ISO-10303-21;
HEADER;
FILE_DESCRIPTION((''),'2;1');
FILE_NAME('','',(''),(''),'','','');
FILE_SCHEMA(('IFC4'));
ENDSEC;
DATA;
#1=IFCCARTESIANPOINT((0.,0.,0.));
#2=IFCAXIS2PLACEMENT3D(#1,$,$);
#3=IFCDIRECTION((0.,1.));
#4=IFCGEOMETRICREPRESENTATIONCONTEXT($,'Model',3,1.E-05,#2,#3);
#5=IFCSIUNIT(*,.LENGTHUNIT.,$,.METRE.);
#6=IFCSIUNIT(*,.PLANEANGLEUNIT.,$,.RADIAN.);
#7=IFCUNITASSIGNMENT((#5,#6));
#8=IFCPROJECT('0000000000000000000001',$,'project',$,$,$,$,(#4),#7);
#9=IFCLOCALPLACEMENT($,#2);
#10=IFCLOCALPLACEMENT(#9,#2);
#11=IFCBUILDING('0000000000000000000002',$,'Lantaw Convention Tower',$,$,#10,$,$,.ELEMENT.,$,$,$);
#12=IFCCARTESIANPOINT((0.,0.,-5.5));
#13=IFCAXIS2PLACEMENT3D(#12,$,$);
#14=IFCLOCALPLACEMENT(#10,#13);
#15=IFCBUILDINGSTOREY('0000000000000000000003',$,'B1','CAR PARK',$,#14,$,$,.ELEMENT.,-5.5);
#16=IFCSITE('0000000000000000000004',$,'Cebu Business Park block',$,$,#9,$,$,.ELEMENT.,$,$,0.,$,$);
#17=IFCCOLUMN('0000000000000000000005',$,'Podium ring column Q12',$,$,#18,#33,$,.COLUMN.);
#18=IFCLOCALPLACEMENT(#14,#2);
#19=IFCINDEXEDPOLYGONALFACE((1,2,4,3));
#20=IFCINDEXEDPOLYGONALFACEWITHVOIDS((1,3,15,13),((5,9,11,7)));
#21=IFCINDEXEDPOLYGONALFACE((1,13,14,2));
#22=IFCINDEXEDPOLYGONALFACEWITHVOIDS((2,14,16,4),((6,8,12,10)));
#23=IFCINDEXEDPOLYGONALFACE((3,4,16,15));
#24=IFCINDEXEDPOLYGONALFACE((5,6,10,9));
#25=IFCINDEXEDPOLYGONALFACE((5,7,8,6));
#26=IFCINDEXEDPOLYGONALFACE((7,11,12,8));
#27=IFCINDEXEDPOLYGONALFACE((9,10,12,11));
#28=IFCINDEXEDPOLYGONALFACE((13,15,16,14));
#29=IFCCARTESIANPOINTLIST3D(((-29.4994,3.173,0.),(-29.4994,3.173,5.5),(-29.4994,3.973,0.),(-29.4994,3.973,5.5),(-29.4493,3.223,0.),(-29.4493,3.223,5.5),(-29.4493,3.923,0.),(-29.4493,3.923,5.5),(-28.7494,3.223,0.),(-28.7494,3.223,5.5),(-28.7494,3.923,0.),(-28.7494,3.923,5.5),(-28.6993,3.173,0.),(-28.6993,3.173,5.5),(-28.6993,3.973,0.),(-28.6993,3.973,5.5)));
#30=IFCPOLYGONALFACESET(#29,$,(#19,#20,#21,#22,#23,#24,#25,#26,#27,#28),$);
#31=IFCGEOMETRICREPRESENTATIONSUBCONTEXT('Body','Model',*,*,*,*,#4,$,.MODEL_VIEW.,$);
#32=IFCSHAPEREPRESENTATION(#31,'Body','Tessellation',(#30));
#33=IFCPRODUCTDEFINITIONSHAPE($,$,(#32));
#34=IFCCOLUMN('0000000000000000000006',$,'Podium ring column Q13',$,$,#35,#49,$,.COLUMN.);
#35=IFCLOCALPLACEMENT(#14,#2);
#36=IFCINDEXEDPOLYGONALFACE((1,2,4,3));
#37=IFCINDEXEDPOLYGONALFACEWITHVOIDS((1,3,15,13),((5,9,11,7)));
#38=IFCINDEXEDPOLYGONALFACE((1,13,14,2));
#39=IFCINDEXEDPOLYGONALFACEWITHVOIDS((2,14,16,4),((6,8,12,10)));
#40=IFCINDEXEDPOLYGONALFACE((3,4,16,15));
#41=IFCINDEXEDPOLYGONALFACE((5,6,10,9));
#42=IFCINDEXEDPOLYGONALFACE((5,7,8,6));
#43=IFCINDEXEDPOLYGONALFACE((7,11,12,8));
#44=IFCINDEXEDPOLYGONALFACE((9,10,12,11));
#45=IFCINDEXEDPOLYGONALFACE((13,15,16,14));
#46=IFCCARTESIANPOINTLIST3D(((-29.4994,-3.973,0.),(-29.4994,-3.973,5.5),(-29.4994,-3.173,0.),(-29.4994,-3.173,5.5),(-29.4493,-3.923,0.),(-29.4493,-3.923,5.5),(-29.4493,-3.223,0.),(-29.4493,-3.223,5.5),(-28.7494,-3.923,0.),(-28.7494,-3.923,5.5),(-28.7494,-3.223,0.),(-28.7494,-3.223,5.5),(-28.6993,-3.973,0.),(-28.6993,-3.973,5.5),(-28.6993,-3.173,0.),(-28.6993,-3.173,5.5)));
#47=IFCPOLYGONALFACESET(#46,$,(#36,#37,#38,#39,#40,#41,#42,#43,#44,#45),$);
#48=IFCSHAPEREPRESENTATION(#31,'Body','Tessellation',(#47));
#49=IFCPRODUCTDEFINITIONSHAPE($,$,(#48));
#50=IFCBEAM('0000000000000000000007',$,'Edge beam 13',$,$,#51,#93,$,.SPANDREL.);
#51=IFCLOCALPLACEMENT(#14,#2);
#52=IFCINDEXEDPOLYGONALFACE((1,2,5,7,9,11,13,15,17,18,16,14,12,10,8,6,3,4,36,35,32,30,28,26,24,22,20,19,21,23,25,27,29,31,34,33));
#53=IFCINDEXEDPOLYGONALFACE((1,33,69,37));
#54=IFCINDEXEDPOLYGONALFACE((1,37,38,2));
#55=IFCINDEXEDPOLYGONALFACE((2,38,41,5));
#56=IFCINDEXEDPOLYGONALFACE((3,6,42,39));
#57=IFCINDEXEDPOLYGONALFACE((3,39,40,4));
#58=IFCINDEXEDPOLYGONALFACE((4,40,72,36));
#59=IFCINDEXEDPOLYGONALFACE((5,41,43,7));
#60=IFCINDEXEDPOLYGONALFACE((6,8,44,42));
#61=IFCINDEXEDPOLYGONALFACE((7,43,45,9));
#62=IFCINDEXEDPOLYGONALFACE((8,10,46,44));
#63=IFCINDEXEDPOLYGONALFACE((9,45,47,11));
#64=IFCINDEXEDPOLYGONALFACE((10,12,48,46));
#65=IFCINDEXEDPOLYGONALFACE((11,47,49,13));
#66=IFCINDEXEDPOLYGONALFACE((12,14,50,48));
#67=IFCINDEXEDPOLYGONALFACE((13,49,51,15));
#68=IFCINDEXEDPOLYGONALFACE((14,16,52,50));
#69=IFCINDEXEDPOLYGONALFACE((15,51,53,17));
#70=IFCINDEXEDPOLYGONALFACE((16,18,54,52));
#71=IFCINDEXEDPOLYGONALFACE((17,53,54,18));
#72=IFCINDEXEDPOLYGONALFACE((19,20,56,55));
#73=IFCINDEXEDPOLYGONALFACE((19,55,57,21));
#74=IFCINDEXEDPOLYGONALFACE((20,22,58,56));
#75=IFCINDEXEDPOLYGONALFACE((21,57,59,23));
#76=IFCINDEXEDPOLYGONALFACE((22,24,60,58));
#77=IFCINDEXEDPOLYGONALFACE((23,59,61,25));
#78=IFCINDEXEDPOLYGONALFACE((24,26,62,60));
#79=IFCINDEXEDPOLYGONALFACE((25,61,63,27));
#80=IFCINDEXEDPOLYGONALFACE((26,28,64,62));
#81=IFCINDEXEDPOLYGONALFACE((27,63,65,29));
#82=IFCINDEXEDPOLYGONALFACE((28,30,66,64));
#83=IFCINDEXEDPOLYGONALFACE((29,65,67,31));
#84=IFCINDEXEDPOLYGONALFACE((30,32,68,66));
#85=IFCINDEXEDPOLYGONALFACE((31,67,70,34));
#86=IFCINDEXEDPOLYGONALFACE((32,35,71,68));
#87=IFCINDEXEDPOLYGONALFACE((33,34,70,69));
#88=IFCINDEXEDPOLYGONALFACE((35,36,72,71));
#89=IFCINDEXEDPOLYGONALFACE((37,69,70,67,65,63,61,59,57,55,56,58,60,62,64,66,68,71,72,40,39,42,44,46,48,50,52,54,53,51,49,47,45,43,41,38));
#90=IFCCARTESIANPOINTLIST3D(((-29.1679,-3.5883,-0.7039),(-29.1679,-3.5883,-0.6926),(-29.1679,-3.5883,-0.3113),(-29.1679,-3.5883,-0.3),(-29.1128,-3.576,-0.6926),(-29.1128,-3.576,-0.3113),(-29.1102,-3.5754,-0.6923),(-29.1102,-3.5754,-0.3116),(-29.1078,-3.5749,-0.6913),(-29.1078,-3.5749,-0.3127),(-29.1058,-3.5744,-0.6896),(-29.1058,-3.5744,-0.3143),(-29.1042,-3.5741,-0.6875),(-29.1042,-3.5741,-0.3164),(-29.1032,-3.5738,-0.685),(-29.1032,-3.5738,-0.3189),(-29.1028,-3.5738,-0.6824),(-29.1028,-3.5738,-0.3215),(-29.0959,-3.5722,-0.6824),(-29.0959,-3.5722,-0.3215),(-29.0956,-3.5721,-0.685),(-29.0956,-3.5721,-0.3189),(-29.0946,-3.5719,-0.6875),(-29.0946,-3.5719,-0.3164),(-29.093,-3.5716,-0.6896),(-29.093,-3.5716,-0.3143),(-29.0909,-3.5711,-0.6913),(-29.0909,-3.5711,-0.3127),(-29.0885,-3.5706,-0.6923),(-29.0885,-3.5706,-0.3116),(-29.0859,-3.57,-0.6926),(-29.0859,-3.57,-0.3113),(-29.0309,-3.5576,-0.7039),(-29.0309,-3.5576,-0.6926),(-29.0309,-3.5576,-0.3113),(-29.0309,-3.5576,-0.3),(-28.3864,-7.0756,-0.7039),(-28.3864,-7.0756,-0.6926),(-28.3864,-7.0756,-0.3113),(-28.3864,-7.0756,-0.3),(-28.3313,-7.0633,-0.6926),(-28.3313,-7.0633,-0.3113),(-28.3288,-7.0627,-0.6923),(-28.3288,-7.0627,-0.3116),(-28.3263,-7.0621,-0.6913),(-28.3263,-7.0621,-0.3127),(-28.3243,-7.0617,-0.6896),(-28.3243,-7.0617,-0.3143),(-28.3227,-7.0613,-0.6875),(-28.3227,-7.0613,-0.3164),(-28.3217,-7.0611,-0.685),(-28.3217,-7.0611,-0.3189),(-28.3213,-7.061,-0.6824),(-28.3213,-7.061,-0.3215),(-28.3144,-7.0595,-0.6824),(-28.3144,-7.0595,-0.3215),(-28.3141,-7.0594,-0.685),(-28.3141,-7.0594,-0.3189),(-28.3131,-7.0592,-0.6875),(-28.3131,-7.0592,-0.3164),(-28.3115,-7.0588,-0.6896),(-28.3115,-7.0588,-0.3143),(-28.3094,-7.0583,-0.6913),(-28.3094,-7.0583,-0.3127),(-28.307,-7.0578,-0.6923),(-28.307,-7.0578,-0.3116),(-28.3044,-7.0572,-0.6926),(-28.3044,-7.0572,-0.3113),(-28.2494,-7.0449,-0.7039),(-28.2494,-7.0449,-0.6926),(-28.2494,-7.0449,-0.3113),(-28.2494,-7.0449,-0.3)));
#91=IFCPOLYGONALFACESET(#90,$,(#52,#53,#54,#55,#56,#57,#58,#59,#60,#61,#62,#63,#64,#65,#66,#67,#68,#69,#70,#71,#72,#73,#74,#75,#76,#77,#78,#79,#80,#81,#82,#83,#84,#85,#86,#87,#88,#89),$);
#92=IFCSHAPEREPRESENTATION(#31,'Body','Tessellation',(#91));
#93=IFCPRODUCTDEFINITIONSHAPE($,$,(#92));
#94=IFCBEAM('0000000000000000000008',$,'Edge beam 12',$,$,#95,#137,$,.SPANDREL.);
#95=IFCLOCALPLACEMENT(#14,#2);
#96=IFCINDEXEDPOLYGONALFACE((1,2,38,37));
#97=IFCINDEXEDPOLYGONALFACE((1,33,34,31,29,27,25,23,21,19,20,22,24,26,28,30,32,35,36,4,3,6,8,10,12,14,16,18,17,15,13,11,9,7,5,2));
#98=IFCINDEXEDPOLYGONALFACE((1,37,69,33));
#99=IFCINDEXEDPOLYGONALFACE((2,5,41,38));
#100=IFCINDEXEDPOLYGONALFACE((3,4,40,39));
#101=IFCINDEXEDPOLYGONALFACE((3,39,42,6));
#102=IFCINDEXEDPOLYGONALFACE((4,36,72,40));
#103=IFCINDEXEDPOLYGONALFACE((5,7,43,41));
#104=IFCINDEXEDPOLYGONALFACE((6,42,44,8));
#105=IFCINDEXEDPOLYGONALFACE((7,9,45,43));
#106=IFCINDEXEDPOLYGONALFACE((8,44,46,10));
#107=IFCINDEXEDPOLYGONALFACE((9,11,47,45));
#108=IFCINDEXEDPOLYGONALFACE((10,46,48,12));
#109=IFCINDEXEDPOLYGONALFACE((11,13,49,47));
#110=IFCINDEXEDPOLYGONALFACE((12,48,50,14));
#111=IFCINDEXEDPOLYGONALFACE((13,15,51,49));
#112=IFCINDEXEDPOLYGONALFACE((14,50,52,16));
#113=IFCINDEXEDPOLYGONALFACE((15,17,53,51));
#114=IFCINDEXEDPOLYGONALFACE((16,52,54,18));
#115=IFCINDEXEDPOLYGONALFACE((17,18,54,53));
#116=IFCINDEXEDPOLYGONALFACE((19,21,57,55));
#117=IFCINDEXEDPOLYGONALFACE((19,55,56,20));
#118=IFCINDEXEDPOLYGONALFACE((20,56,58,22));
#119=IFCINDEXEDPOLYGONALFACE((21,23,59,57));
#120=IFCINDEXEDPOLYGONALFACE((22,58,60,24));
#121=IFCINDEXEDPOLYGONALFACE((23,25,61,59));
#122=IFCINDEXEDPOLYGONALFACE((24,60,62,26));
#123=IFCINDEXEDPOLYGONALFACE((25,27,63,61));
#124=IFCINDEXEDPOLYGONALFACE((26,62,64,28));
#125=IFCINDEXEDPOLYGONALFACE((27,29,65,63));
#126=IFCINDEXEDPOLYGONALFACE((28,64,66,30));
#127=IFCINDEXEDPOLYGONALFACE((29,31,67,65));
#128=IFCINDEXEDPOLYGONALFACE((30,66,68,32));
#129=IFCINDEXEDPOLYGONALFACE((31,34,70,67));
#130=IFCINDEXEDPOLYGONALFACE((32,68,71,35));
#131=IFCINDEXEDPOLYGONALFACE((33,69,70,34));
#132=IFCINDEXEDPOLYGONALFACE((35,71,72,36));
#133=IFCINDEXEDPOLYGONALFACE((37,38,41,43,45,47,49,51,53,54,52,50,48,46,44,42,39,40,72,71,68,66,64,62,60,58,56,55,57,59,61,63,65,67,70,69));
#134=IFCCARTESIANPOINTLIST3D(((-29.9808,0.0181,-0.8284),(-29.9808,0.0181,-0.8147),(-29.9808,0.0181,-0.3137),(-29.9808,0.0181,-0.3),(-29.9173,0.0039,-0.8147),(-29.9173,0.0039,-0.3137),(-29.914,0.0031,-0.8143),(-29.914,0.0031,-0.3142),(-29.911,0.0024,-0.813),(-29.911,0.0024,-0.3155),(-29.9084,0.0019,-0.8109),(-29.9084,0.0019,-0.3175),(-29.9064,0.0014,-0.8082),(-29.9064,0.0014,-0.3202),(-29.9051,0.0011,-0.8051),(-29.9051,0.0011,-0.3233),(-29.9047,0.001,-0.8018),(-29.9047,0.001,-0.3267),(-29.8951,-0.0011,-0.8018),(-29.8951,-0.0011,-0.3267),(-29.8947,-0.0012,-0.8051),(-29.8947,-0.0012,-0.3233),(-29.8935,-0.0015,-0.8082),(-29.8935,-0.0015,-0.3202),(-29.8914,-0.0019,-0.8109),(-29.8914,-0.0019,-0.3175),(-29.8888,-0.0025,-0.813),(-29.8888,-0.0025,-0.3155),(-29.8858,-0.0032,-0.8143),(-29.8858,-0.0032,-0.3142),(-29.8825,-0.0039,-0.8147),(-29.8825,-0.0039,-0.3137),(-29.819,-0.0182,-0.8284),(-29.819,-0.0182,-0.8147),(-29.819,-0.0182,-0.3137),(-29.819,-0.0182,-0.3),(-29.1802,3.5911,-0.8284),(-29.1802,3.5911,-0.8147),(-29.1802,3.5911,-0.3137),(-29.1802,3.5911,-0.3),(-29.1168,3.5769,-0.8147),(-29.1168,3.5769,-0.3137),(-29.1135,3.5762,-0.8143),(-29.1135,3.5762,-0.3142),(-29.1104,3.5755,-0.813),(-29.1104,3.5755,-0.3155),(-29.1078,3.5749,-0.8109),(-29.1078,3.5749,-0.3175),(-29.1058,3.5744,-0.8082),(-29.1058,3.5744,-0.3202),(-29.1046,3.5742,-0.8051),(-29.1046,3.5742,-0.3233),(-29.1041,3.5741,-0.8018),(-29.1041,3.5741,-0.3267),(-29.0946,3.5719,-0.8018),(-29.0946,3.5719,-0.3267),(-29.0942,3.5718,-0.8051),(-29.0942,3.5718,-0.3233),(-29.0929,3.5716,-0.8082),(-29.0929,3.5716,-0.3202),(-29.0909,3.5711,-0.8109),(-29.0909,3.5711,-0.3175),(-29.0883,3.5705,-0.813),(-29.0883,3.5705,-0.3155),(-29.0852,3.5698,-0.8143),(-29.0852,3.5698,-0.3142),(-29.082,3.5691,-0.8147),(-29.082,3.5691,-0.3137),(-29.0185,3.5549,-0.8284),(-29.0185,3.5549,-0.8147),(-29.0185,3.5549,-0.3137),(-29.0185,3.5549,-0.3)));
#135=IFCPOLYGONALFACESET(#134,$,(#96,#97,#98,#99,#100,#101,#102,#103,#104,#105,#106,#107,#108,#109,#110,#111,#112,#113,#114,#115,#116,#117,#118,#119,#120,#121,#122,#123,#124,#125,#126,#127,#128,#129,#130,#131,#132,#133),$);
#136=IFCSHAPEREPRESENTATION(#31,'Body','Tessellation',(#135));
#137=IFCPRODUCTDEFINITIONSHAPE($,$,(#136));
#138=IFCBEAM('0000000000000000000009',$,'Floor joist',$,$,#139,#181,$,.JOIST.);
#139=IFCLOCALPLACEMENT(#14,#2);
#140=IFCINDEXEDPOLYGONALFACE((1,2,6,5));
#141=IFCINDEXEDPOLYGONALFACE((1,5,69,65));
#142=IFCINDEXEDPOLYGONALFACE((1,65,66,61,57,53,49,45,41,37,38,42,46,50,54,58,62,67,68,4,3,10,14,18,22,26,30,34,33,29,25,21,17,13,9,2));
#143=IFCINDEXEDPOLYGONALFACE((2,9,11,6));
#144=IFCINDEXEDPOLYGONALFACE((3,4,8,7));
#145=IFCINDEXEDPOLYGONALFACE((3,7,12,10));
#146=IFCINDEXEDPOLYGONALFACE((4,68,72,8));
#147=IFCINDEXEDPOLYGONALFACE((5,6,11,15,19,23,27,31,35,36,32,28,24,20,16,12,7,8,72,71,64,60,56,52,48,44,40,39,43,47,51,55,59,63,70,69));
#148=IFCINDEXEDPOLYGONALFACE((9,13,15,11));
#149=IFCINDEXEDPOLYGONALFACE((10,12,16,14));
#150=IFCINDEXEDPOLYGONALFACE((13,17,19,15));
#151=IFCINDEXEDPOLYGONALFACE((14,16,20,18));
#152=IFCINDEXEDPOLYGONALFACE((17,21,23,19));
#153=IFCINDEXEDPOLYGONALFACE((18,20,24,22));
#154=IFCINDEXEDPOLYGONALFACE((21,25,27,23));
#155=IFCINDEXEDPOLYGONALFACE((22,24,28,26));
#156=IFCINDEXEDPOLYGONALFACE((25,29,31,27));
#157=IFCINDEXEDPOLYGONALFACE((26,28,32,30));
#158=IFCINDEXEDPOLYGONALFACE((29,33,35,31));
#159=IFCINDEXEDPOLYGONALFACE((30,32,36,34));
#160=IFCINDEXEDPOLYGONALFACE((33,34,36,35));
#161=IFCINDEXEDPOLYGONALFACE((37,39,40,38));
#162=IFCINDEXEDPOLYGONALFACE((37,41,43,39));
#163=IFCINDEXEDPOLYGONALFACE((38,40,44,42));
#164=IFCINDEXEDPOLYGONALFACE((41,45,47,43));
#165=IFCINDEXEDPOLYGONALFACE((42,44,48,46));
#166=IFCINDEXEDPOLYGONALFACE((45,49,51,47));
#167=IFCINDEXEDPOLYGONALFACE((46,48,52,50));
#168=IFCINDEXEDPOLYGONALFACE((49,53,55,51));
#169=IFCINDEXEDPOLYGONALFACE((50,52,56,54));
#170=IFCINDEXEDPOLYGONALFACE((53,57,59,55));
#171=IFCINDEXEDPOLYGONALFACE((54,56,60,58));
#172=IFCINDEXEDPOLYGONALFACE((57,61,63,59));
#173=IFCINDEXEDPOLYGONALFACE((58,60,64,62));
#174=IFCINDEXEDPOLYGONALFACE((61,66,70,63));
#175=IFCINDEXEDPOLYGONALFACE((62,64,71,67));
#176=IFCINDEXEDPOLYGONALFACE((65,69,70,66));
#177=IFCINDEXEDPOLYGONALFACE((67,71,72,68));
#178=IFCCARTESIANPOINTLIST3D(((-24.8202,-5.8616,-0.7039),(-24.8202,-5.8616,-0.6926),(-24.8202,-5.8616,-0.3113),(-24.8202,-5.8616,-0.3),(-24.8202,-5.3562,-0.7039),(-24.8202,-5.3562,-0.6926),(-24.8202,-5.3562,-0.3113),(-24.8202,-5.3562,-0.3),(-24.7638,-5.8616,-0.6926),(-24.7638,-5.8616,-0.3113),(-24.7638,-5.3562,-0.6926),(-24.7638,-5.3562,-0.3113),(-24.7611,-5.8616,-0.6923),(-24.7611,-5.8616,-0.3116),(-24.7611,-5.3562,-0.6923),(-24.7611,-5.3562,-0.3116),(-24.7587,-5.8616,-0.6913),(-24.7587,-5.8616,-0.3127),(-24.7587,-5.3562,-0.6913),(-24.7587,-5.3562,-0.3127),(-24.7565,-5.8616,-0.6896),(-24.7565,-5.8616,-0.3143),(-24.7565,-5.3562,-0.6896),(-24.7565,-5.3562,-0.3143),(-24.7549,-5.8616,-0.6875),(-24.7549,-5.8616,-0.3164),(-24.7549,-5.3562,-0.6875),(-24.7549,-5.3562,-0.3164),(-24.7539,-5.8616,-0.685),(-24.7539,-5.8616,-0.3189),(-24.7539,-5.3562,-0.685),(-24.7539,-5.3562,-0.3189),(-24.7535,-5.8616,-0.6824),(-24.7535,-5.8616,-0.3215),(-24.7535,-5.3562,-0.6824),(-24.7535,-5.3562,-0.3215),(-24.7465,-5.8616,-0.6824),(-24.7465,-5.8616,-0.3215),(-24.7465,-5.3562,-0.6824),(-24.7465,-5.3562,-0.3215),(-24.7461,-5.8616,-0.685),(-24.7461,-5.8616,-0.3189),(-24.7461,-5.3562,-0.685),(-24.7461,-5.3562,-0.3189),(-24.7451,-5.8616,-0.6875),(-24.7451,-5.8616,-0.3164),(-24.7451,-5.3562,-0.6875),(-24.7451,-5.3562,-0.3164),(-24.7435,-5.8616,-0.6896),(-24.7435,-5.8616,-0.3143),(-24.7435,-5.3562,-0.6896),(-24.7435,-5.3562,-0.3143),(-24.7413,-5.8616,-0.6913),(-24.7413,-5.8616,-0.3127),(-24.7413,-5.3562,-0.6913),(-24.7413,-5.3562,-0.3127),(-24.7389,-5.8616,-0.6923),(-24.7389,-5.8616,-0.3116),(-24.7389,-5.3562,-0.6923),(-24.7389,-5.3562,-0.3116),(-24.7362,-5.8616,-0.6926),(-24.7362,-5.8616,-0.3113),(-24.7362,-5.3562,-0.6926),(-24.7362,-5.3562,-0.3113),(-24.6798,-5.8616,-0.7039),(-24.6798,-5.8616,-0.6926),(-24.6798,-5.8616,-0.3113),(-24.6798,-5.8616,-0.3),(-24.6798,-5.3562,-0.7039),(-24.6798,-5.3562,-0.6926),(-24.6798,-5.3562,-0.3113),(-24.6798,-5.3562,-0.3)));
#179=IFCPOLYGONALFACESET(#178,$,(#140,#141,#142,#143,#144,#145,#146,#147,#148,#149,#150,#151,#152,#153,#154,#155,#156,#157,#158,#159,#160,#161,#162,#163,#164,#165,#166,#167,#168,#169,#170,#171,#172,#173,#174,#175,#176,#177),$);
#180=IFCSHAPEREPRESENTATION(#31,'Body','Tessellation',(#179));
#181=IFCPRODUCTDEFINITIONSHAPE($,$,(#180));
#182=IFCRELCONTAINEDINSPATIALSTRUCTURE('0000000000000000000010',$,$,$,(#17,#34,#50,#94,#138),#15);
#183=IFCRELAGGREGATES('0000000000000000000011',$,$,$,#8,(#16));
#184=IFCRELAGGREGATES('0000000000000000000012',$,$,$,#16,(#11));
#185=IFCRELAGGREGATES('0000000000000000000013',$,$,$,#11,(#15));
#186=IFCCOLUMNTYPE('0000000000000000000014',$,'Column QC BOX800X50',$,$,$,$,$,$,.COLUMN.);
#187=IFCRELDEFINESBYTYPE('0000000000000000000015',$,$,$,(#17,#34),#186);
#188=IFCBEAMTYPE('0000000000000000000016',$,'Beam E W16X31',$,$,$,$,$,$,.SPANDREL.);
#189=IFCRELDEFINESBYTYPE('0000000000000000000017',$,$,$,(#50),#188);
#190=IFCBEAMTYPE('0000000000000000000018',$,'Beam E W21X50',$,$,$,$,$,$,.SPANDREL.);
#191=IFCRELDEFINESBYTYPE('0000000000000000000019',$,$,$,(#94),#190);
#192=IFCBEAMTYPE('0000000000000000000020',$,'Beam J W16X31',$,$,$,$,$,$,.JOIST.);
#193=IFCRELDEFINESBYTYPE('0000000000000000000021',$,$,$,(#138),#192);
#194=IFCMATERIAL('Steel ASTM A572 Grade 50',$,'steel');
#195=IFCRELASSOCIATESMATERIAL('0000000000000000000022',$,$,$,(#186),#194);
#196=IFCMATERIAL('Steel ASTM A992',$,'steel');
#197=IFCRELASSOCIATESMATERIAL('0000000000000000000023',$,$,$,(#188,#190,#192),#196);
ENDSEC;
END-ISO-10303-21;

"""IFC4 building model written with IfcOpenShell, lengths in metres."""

from ifc_helpers import new_model, si_unit, direction, frame, origin, origin_2d, place, context, subcontext, project, spatial, hollow_rectangle, i_section, extrude, material, material_profile, profile_set, type_object, element, save


model = new_model("IFC4")

# Units and contexts
model_context = context("Model", 3, precision=1e-05, world=origin(), true_north=direction((0.0, 1.0)))
body_context = subcontext(model_context, "Body", "Model", "MODEL_VIEW")
ifc_project = project(units=[si_unit("LENGTHUNIT", "METRE"), si_unit("PLANEANGLEUNIT", "RADIAN")], contexts=[model_context])

# Site, building, storey
site_placement = place(None, origin())
site = spatial("IfcSite", under=ifc_project, at=site_placement, Name="Cebu Business Park block", CompositionType="ELEMENT", RefElevation=0.0)
building_placement = place(site_placement, origin())
building = spatial("IfcBuilding", under=site, at=building_placement, Name="Lantaw Convention Tower", CompositionType="ELEMENT")
storey_placement = place(building_placement, frame((0.0, 0.0, -5.5)))
storey = spatial("IfcBuildingStorey", under=building, at=storey_placement, Name="B1", Description="CAR PARK", CompositionType="ELEMENT", Elevation=-5.5)

# Columns
ifc_material_1 = material(Name="Steel ASTM A572 Grade 50", Category="steel")
ifc_material_profile_1 = material_profile(ifc_material_1, hollow_rectangle(XDim=0.8, YDim=0.8, WallThickness=0.05, at=origin_2d()), Name="BOX800X50")
ifc_profile_set_1 = profile_set([ifc_material_profile_1], Name="Steel ASTM A572 Grade 50")
column_type = type_object("IfcColumnType", Name="Column QC BOX800X50", PredefinedType="COLUMN", material=ifc_profile_set_1)
for number, where, z_axis, x_axis, name in (
    (1, (-29.0994, 3.573, 0.0), (0.0, 0.0, 1.0), (1.0, 0.0, 0.0), "Podium ring column Q12"),
    (2, (-29.0994, -3.573, 0.0), (0.0, 0.0, 1.0), (1.0, 0.0, 0.0), "Podium ring column Q13"),
):
    element("IfcColumn", number, at=place(storey_placement, frame(where, z_axis=z_axis, x_axis=x_axis)), inside=storey, type_object=column_type, Name=name, PredefinedType="COLUMN", context=body_context, shape_type="SweptSolid", body=[
        extrude(hollow_rectangle(XDim=0.8, YDim=0.8, WallThickness=0.05, at=origin_2d()), origin(), (0.0, 0.0, 1.0), 5.5),
    ])

# Beams
ifc_material_2 = material(Name="Steel ASTM A992", Category="steel")
ifc_material_profile_2 = material_profile(ifc_material_2, i_section(OverallWidth=0.1404, OverallDepth=0.4038, WebThickness=0.0071, FlangeThickness=0.0112, FilletRadius=0.0103, at=origin_2d()), Name="W16X31")
ifc_profile_set_2 = profile_set([ifc_material_profile_2], Name="Steel ASTM A992")
beam_type_1 = type_object("IfcBeamType", Name="Beam E W16X31", PredefinedType="SPANDREL", material=ifc_profile_set_2)
beam_1_placement = place(storey_placement, frame((-29.0994, -3.573, -0.502), z_axis=(0.218673, -0.975798, 0.0), x_axis=(0.975798, 0.218673, 0.0)))
element("IfcBeam", 3, at=beam_1_placement, inside=storey, type_object=beam_type_1, Name="Edge beam 13", PredefinedType="SPANDREL", context=body_context, shape_type="SweptSolid", body=[
    extrude(i_section(OverallWidth=0.1404, OverallDepth=0.4038, WebThickness=0.0071, FlangeThickness=0.0112, FilletRadius=0.0103, at=origin_2d()), origin(), (0.0, 0.0, 1.0), 3.5737),
])
ifc_material_profile_3 = material_profile(ifc_material_2, i_section(OverallWidth=0.1658, OverallDepth=0.5283, WebThickness=0.0098, FlangeThickness=0.0137, FilletRadius=0.0129, at=origin_2d()), Name="W21X50")
ifc_profile_set_3 = profile_set([ifc_material_profile_3], Name="Steel ASTM A992")
beam_type_2 = type_object("IfcBeamType", Name="Beam E W21X50", PredefinedType="SPANDREL", material=ifc_profile_set_3)
beam_2_placement = place(storey_placement, frame((-29.0994, 3.573, -0.5642), z_axis=(-0.218632, -0.975807, 0.0), x_axis=(0.975807, -0.218632, 0.0)))
element("IfcBeam", 4, at=beam_2_placement, inside=storey, type_object=beam_type_2, Name="Edge beam 12", PredefinedType="SPANDREL", context=body_context, shape_type="SweptSolid", body=[
    extrude(i_section(OverallWidth=0.1658, OverallDepth=0.5283, WebThickness=0.0098, FlangeThickness=0.0137, FilletRadius=0.0129, at=origin_2d()), origin(), (0.0, 0.0, 1.0), 3.6616),
])
ifc_material_profile_4 = material_profile(ifc_material_2, i_section(OverallWidth=0.1404, OverallDepth=0.4038, WebThickness=0.0071, FlangeThickness=0.0112, FilletRadius=0.0103, at=origin_2d()), Name="W16X31")
ifc_profile_set_4 = profile_set([ifc_material_profile_4], Name="Steel ASTM A992")
beam_type_3 = type_object("IfcBeamType", Name="Beam J W16X31", PredefinedType="JOIST", material=ifc_profile_set_4)
beam_3_placement = place(storey_placement, frame((-24.75, -5.8616, -0.502), z_axis=(0.0, 1.0, 0.0), x_axis=(-1.0, 0.0, 0.0)))
element("IfcBeam", 5, at=beam_3_placement, inside=storey, type_object=beam_type_3, Name="Floor joist", PredefinedType="JOIST", context=body_context, shape_type="SweptSolid", body=[
    extrude(i_section(OverallWidth=0.1404, OverallDepth=0.4038, WebThickness=0.0071, FlangeThickness=0.0112, FilletRadius=0.0103, at=origin_2d()), origin(), (0.0, 0.0, 1.0), 0.5054),
])

save(model, "model.ifc")
